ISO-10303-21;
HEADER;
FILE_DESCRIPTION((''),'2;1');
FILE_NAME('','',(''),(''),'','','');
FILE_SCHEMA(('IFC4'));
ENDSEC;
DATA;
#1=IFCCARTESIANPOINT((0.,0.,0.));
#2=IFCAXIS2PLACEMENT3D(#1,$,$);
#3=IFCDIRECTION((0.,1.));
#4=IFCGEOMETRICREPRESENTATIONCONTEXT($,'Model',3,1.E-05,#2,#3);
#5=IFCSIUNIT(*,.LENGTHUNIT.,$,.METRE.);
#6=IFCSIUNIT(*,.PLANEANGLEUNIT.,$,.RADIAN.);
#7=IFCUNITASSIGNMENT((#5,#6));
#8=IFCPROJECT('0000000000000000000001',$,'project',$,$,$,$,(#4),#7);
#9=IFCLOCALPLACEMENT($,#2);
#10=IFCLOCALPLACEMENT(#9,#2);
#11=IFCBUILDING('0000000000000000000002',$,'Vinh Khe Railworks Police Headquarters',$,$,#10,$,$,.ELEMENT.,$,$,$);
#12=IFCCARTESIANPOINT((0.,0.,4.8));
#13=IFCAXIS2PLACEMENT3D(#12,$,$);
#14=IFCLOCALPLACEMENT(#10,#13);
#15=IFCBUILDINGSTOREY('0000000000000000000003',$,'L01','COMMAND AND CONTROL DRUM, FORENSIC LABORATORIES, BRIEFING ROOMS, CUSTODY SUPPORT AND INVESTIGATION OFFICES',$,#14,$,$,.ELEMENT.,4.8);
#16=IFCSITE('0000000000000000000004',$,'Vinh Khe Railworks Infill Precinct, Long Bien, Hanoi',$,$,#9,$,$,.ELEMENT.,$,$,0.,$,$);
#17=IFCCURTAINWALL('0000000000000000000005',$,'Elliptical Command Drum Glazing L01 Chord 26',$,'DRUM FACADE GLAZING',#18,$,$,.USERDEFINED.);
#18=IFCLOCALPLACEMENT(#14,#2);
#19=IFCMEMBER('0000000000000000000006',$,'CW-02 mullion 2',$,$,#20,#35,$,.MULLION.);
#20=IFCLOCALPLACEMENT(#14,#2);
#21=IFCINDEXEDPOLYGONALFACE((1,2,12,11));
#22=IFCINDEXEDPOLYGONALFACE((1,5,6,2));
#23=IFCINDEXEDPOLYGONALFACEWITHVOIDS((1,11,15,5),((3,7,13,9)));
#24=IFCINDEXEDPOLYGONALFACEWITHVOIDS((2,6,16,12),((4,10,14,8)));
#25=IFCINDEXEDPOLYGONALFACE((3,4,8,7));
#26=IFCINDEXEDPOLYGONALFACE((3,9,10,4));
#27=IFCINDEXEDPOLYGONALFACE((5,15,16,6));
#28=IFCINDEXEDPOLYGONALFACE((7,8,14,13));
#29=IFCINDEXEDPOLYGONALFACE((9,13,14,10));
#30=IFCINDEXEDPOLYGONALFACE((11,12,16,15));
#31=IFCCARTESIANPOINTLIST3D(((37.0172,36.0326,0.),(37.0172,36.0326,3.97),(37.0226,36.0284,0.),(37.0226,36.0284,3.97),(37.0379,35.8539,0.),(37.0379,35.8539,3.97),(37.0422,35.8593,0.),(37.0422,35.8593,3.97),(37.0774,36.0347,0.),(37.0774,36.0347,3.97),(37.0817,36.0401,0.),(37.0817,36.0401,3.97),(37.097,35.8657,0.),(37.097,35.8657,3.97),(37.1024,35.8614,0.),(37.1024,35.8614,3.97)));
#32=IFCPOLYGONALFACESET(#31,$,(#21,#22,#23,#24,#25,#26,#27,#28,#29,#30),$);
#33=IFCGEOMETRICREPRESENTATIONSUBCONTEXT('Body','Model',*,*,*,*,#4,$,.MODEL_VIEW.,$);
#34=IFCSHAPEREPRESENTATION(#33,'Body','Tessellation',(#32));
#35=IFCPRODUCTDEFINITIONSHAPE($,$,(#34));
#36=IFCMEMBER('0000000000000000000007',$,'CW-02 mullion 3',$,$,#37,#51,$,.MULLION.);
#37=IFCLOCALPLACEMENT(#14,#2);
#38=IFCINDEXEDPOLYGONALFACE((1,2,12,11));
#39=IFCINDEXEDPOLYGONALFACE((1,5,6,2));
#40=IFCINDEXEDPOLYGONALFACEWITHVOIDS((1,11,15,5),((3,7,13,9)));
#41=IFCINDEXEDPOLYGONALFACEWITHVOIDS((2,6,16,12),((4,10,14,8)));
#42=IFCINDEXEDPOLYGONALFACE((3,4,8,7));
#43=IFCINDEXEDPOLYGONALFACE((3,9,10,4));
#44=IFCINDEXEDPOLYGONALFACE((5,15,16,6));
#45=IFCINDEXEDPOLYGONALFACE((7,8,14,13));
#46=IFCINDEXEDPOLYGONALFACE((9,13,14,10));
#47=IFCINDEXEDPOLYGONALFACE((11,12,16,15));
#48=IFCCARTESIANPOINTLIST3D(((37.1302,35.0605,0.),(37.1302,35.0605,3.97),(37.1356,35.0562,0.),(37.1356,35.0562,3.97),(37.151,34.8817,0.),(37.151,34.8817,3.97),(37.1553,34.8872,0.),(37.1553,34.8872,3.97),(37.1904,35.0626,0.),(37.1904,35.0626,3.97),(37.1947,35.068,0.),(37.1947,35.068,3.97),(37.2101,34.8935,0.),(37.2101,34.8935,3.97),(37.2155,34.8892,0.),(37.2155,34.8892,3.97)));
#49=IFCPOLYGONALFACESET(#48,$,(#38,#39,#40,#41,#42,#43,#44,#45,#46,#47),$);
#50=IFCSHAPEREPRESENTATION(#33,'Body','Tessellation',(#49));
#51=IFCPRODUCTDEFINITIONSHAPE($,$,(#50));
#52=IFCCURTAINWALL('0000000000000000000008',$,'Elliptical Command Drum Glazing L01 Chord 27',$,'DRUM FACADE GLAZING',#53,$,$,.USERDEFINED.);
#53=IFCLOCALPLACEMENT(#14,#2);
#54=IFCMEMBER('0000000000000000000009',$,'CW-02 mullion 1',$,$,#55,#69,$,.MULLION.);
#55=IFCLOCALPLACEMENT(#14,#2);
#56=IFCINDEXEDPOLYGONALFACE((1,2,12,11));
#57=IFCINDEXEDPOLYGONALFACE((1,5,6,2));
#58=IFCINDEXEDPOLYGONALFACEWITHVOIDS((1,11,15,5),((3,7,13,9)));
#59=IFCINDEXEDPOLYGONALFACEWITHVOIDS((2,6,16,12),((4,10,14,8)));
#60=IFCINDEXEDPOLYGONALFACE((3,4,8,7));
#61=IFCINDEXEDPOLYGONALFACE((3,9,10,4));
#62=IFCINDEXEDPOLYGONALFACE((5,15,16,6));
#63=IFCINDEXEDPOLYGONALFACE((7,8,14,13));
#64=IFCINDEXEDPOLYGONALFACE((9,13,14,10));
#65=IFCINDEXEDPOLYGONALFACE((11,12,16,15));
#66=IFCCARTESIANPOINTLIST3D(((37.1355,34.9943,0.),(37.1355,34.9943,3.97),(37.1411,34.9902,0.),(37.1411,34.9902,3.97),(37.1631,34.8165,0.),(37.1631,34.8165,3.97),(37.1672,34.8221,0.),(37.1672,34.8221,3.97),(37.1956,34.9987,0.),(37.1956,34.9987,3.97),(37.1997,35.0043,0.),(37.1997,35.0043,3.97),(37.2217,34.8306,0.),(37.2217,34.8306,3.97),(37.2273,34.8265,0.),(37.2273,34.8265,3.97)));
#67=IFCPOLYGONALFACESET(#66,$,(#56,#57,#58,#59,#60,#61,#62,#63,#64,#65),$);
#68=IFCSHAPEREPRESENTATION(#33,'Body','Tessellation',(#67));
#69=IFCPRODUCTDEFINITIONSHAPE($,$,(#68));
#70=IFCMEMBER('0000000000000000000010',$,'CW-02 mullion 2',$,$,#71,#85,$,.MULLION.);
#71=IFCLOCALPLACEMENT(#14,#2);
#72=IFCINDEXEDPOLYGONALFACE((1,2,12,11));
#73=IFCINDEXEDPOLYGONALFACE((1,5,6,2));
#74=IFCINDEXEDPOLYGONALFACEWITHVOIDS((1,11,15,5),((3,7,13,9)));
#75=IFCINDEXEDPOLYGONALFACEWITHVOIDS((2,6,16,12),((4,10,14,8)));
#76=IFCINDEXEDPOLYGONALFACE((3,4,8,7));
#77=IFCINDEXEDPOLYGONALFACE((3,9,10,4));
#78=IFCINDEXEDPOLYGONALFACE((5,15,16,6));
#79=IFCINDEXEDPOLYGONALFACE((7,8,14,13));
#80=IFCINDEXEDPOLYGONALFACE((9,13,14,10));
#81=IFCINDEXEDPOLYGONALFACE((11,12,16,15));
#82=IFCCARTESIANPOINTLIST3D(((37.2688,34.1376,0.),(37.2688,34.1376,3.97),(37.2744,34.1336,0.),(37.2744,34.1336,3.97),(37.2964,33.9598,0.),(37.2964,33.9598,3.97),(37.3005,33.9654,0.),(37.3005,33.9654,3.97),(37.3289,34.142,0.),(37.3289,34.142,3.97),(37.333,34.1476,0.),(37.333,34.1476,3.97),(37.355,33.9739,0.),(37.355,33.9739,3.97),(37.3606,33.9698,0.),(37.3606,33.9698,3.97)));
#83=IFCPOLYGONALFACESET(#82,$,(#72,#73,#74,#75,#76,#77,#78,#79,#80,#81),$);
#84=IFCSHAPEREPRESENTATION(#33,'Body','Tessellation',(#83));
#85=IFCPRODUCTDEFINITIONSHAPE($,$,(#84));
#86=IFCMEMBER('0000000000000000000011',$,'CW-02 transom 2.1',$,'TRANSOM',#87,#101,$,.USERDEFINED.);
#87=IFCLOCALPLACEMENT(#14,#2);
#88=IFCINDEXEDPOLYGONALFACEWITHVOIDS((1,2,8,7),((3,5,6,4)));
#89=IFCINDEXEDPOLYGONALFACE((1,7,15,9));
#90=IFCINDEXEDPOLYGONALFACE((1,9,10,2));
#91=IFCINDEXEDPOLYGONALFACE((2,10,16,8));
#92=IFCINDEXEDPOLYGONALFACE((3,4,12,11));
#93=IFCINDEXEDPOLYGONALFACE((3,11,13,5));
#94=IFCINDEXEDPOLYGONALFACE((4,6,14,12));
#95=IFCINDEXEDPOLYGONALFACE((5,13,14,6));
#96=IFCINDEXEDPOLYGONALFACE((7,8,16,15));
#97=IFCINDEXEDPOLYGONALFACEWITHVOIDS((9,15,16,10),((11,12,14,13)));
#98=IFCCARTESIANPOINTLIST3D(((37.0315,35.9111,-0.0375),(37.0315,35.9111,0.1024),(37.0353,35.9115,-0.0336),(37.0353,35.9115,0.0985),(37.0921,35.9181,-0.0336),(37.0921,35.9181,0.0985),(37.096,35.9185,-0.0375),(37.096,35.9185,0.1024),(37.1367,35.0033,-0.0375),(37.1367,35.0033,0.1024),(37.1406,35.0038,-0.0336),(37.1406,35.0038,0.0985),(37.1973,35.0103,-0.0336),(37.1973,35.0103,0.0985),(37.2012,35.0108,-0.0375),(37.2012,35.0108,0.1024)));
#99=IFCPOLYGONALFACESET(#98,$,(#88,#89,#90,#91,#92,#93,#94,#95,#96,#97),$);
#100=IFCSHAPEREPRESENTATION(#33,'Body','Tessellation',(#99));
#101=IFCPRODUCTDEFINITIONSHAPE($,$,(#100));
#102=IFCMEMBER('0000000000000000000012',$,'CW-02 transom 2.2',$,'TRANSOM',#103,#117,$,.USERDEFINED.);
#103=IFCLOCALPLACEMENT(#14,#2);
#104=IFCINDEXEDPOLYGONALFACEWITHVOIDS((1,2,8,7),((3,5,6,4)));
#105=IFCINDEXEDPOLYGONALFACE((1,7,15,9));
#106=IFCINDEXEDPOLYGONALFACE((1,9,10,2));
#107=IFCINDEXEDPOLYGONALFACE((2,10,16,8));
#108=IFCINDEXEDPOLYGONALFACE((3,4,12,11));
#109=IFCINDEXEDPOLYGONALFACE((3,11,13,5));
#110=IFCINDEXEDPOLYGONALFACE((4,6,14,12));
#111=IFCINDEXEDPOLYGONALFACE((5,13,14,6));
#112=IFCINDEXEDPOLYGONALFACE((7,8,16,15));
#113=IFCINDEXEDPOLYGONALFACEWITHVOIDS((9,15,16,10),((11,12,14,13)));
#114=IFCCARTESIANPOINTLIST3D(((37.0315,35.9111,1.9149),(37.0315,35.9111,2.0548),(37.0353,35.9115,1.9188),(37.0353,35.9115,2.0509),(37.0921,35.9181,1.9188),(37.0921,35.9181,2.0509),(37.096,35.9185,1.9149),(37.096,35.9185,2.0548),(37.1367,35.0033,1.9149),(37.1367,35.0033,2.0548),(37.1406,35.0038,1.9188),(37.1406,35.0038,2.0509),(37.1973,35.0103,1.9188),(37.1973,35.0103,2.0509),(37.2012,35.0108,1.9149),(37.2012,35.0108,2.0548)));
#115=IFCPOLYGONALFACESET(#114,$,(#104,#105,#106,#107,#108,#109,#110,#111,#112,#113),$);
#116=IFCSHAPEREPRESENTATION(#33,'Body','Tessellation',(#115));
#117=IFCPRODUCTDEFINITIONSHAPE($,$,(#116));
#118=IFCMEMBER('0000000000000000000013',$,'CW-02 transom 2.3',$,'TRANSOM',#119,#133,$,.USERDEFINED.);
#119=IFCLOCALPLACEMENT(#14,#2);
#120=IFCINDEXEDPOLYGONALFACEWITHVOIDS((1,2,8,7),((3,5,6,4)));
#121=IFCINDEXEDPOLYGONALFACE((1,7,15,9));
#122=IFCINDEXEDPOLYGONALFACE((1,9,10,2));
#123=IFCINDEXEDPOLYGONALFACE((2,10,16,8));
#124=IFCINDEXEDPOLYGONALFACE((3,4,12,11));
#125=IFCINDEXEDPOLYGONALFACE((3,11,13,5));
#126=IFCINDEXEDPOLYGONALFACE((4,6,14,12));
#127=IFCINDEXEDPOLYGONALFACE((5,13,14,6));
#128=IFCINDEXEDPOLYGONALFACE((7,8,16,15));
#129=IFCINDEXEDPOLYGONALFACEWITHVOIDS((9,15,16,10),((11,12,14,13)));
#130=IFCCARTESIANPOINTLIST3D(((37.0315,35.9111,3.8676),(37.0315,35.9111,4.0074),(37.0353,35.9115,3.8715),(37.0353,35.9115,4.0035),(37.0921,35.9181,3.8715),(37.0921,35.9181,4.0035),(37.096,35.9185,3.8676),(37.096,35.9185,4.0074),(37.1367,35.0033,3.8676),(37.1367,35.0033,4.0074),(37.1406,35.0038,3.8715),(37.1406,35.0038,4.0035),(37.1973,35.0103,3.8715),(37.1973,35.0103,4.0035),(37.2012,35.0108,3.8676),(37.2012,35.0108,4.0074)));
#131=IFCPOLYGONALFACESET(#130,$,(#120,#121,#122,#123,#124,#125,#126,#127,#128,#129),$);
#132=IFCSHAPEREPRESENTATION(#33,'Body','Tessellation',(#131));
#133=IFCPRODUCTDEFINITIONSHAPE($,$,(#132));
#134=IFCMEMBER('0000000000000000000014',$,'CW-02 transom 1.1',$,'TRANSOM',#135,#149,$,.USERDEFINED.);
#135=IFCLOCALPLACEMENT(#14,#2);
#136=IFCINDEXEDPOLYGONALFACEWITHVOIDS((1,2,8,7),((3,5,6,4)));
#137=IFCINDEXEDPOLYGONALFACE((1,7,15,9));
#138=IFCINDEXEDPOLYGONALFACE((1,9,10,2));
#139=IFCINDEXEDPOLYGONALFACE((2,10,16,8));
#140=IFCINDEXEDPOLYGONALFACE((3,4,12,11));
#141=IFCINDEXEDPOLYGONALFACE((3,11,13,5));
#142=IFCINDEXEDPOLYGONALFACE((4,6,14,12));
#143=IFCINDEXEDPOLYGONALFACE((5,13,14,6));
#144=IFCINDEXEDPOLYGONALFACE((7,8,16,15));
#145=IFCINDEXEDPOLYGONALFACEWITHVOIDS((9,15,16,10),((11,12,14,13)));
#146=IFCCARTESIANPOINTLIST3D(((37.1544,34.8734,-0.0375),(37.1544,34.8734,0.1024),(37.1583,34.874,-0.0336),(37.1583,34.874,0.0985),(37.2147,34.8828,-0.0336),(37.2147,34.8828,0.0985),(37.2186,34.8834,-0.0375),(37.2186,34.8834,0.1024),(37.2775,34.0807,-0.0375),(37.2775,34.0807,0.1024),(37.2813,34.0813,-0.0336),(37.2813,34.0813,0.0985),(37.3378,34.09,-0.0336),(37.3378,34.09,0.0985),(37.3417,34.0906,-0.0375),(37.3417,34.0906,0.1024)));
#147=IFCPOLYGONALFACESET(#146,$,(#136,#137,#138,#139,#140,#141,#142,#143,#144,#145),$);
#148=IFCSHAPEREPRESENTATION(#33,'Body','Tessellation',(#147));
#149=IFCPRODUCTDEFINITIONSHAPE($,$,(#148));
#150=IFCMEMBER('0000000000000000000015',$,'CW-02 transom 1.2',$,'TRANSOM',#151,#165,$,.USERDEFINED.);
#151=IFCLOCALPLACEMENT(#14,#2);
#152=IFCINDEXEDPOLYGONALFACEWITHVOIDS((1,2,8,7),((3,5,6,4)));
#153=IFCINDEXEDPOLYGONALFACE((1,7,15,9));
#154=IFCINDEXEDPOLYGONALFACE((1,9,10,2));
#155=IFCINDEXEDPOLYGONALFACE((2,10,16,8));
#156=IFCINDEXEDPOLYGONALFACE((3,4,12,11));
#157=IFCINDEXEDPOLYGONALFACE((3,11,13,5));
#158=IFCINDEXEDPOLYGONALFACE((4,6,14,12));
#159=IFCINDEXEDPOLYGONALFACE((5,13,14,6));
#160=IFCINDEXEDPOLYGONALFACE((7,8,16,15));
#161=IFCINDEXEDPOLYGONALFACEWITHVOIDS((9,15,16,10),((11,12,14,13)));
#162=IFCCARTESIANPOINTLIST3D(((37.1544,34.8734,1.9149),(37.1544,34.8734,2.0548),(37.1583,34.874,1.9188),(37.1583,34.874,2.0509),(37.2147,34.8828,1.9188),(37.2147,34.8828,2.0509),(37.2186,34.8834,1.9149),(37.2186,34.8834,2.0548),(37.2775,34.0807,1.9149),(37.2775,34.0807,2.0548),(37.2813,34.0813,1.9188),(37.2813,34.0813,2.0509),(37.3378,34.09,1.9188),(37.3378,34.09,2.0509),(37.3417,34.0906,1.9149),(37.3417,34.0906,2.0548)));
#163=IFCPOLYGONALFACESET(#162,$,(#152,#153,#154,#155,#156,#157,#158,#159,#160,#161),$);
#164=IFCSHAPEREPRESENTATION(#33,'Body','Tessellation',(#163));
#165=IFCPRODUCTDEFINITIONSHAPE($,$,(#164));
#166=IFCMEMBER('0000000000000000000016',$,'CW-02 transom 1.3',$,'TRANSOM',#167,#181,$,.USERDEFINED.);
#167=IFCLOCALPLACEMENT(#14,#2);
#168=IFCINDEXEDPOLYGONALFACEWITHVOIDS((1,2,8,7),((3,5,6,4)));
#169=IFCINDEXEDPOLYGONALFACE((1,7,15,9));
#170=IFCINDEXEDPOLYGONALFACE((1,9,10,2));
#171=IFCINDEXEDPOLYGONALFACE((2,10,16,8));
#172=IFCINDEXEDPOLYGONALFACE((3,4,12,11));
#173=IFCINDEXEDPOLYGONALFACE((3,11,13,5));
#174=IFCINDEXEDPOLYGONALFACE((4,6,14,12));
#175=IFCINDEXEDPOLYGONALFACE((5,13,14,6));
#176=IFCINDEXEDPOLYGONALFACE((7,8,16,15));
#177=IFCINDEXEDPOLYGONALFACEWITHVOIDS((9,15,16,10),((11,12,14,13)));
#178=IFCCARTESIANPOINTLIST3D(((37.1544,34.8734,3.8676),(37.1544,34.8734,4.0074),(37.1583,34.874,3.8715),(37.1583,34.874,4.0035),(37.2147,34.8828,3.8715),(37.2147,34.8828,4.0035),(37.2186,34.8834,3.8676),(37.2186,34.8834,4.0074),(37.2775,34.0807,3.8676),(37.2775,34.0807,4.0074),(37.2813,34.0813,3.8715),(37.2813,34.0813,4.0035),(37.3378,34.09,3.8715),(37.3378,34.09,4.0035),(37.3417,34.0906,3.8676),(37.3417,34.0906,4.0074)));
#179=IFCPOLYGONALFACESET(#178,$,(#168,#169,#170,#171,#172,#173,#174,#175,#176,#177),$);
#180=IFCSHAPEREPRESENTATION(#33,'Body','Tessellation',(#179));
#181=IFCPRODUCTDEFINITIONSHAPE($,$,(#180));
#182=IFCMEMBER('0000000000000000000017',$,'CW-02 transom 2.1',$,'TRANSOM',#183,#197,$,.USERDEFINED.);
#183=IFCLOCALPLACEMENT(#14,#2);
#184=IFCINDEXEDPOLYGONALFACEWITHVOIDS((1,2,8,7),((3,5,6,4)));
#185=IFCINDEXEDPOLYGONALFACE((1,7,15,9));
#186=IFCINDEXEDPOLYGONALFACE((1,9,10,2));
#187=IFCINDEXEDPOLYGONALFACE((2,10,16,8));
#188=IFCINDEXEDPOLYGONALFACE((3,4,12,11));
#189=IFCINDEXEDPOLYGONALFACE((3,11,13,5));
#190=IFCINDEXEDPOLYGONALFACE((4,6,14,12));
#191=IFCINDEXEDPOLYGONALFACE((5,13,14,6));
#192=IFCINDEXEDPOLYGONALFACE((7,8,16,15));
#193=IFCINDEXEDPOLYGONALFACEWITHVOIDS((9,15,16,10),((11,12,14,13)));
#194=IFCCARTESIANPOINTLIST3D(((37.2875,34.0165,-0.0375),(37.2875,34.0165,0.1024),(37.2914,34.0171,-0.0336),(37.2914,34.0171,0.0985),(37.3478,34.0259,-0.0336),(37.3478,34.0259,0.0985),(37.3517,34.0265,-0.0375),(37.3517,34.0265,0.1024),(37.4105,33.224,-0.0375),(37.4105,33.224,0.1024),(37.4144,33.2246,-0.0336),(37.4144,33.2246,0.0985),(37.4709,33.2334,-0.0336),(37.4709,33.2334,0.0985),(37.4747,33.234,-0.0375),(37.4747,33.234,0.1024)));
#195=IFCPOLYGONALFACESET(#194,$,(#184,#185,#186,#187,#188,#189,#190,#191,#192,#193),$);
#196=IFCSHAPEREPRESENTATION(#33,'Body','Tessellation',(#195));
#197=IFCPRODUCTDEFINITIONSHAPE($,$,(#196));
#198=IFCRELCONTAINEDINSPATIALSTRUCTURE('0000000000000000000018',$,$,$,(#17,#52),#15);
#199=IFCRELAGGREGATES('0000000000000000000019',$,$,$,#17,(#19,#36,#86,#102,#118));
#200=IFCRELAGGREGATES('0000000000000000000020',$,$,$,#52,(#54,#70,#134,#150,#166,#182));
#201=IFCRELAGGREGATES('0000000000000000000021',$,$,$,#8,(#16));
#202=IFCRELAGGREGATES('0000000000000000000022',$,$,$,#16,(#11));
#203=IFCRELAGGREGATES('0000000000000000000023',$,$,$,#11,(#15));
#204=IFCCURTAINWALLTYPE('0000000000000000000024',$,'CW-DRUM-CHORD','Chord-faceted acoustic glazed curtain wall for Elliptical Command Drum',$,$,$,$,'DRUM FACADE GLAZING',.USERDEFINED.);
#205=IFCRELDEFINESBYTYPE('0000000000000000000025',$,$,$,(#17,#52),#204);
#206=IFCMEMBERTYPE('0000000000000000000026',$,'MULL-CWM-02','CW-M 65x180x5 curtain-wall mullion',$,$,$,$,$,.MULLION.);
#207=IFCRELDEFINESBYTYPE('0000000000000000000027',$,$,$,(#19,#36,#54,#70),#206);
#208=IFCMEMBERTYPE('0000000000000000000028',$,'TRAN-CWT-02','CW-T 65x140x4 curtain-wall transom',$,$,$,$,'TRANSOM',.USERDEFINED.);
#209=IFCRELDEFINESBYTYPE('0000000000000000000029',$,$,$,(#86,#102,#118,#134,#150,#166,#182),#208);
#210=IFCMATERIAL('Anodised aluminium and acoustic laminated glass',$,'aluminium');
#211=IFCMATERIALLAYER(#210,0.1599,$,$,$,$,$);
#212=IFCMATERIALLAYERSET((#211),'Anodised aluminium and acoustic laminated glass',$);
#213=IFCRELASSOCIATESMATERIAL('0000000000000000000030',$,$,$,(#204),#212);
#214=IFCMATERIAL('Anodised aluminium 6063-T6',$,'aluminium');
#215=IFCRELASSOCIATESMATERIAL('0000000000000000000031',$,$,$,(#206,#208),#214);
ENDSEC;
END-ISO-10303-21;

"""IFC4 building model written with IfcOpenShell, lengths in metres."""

from ifc_helpers import new_model, si_unit, direction, frame, origin, origin_2d, place, context, subcontext, project, spatial, hollow_rectangle, extrude, material, layer, layer_set, material_profile, profile_set, type_object, element, aggregate, save


model = new_model("IFC4")

# Units and contexts
model_context = context("Model", 3, precision=1e-05, world=origin(), true_north=direction((0.0, 1.0)))
body_context = subcontext(model_context, "Body", "Model", "MODEL_VIEW")
ifc_project = project(units=[si_unit("LENGTHUNIT", "METRE"), si_unit("PLANEANGLEUNIT", "RADIAN")], contexts=[model_context])

# Site, building, storey
site_placement = place(None, origin())
site = spatial("IfcSite", under=ifc_project, at=site_placement, Name="Vinh Khe Railworks Infill Precinct, Long Bien, Hanoi", CompositionType="ELEMENT", RefElevation=0.0)
building_placement = place(site_placement, origin())
building = spatial("IfcBuilding", under=site, at=building_placement, Name="Vinh Khe Railworks Police Headquarters", CompositionType="ELEMENT")
storey_placement = place(building_placement, frame((0.0, 0.0, 4.8)))
storey = spatial("IfcBuildingStorey", under=building, at=storey_placement, Name="L01", Description="COMMAND AND CONTROL DRUM, FORENSIC LABORATORIES, BRIEFING ROOMS, CUSTODY SUPPORT AND INVESTIGATION OFFICES", CompositionType="ELEMENT", Elevation=4.8)

# Curtain walls, members
ifc_material_1 = material(Name="Anodised aluminium and acoustic laminated glass", Category="aluminium")
ifc_layer_1 = layer(ifc_material_1, 0.1599)
ifc_layer_set_1 = layer_set([ifc_layer_1], Name="Anodised aluminium and acoustic laminated glass")
curtain_wall_type = type_object("IfcCurtainWallType", Name="CW-DRUM-CHORD", Description="Chord-faceted acoustic glazed curtain wall for Elliptical Command Drum", ElementType="DRUM FACADE GLAZING", PredefinedType="USERDEFINED", material=ifc_layer_set_1)
curtain_wall_1_placement = place(storey_placement, origin())
curtain_wall_1 = element("IfcCurtainWall", 1, at=curtain_wall_1_placement, inside=storey, type_object=curtain_wall_type, Name="Elliptical Command Drum Glazing L01 Chord 26", ObjectType="DRUM FACADE GLAZING", PredefinedType="USERDEFINED")
ifc_material_2 = material(Name="Anodised aluminium 6063-T6", Category="aluminium")
ifc_material_profile_1 = material_profile(ifc_material_2, hollow_rectangle(XDim=0.0649, YDim=0.1799, WallThickness=0.0049, at=origin_2d()), Name="CW-M 65x180x5")
ifc_profile_set_1 = profile_set([ifc_material_profile_1], Name="Anodised aluminium 6063-T6")
member_type_1 = type_object("IfcMemberType", Name="MULL-CWM-02", Description="CW-M 65x180x5 curtain-wall mullion", PredefinedType="MULLION", material=ifc_profile_set_1)
member_1_placement = place(storey_placement, frame((37.0598, 35.947, 0.0), z_axis=(0.0, 0.0, 1.0), x_axis=(0.993329, 0.115318, 0.0)))
member_1 = element("IfcMember", 2, at=member_1_placement, type_object=member_type_1, Name="CW-02 mullion 2", PredefinedType="MULLION", context=body_context, shape_type="SweptSolid", body=[
    extrude(hollow_rectangle(XDim=0.0649, YDim=0.1799, WallThickness=0.0049, at=origin_2d()), origin(), (0.0, 0.0, 1.0), 3.97),
])
member_2_placement = place(storey_placement, frame((37.1729, 34.9749, 0.0), z_axis=(0.0, 0.0, 1.0), x_axis=(0.993329, 0.115318, 0.0)))
member_2 = element("IfcMember", 3, at=member_2_placement, type_object=member_type_1, Name="CW-02 mullion 3", PredefinedType="MULLION", context=body_context, shape_type="SweptSolid", body=[
    extrude(hollow_rectangle(XDim=0.0649, YDim=0.1799, WallThickness=0.0049, at=origin_2d()), origin(), (0.0, 0.0, 1.0), 3.97),
])
curtain_wall_2_placement = place(storey_placement, origin())
curtain_wall_2 = element("IfcCurtainWall", 4, at=curtain_wall_2_placement, inside=storey, type_object=curtain_wall_type, Name="Elliptical Command Drum Glazing L01 Chord 27", ObjectType="DRUM FACADE GLAZING", PredefinedType="USERDEFINED")
member_3_placement = place(storey_placement, frame((37.1814, 34.9104, 0.0), z_axis=(0.0, 0.0, 1.0), x_axis=(0.98815, 0.15349, 0.0)))
member_3 = element("IfcMember", 5, at=member_3_placement, type_object=member_type_1, Name="CW-02 mullion 1", PredefinedType="MULLION", context=body_context, shape_type="SweptSolid", body=[
    extrude(hollow_rectangle(XDim=0.0649, YDim=0.1799, WallThickness=0.0049, at=origin_2d()), origin(), (0.0, 0.0, 1.0), 3.97),
])
member_4_placement = place(storey_placement, frame((37.3147, 34.0537, 0.0), z_axis=(0.0, 0.0, 1.0), x_axis=(0.98815, 0.15349, 0.0)))
member_4 = element("IfcMember", 6, at=member_4_placement, type_object=member_type_1, Name="CW-02 mullion 2", PredefinedType="MULLION", context=body_context, shape_type="SweptSolid", body=[
    extrude(hollow_rectangle(XDim=0.0649, YDim=0.1799, WallThickness=0.0049, at=origin_2d()), origin(), (0.0, 0.0, 1.0), 3.97),
])

# Members
ifc_material_profile_2 = material_profile(ifc_material_2, hollow_rectangle(XDim=0.0649, YDim=0.1399, WallThickness=0.0039, at=origin_2d()), Name="CW-T 65x140x4")
ifc_profile_set_2 = profile_set([ifc_material_profile_2], Name="Anodised aluminium 6063-T6")
member_type_2 = type_object("IfcMemberType", Name="TRAN-CWT-02", Description="CW-T 65x140x4 curtain-wall transom", ElementType="TRANSOM", PredefinedType="USERDEFINED", material=ifc_profile_set_2)
member_5_placement = place(storey_placement, frame((37.0637, 35.9148, 0.0325), z_axis=(0.115151, -0.993348, 0.0), x_axis=(0.993348, 0.115151, 0.0)))
member_5 = element("IfcMember", 7, at=member_5_placement, type_object=member_type_2, Name="CW-02 transom 2.1", ObjectType="TRANSOM", PredefinedType="USERDEFINED", context=body_context, shape_type="SweptSolid", body=[
    extrude(hollow_rectangle(XDim=0.0649, YDim=0.1399, WallThickness=0.0039, at=origin_2d()), origin(), (0.0, 0.0, 1.0), 0.9138),
])
member_6_placement = place(storey_placement, frame((37.0637, 35.9148, 1.9849), z_axis=(0.115151, -0.993348, 0.0), x_axis=(0.993348, 0.115151, 0.0)))
member_6 = element("IfcMember", 8, at=member_6_placement, type_object=member_type_2, Name="CW-02 transom 2.2", ObjectType="TRANSOM", PredefinedType="USERDEFINED", context=body_context, shape_type="SweptSolid", body=[
    extrude(hollow_rectangle(XDim=0.0649, YDim=0.1399, WallThickness=0.0039, at=origin_2d()), origin(), (0.0, 0.0, 1.0), 0.9138),
])
member_7_placement = place(storey_placement, frame((37.0637, 35.9148, 3.9375), z_axis=(0.115151, -0.993348, 0.0), x_axis=(0.993348, 0.115151, 0.0)))
member_7 = element("IfcMember", 9, at=member_7_placement, type_object=member_type_2, Name="CW-02 transom 2.3", ObjectType="TRANSOM", PredefinedType="USERDEFINED", context=body_context, shape_type="SweptSolid", body=[
    extrude(hollow_rectangle(XDim=0.0649, YDim=0.1399, WallThickness=0.0039, at=origin_2d()), origin(), (0.0, 0.0, 1.0), 0.9138),
])
member_8_placement = place(storey_placement, frame((37.1865, 34.8784, 0.0325), z_axis=(0.153383, -0.988167, 0.0), x_axis=(0.988167, 0.153383, 0.0)))
member_8 = element("IfcMember", 10, at=member_8_placement, type_object=member_type_2, Name="CW-02 transom 1.1", ObjectType="TRANSOM", PredefinedType="USERDEFINED", context=body_context, shape_type="SweptSolid", body=[
    extrude(hollow_rectangle(XDim=0.0649, YDim=0.1399, WallThickness=0.0039, at=origin_2d()), origin(), (0.0, 0.0, 1.0), 0.8022),
])
member_9_placement = place(storey_placement, frame((37.1865, 34.8784, 1.9849), z_axis=(0.153383, -0.988167, 0.0), x_axis=(0.988167, 0.153383, 0.0)))
member_9 = element("IfcMember", 11, at=member_9_placement, type_object=member_type_2, Name="CW-02 transom 1.2", ObjectType="TRANSOM", PredefinedType="USERDEFINED", context=body_context, shape_type="SweptSolid", body=[
    extrude(hollow_rectangle(XDim=0.0649, YDim=0.1399, WallThickness=0.0039, at=origin_2d()), origin(), (0.0, 0.0, 1.0), 0.8022),
])
member_10_placement = place(storey_placement, frame((37.1865, 34.8784, 3.9375), z_axis=(0.153383, -0.988167, 0.0), x_axis=(0.988167, 0.153383, 0.0)))
member_10 = element("IfcMember", 12, at=member_10_placement, type_object=member_type_2, Name="CW-02 transom 1.3", ObjectType="TRANSOM", PredefinedType="USERDEFINED", context=body_context, shape_type="SweptSolid", body=[
    extrude(hollow_rectangle(XDim=0.0649, YDim=0.1399, WallThickness=0.0039, at=origin_2d()), origin(), (0.0, 0.0, 1.0), 0.8022),
])
member_11_placement = place(storey_placement, frame((37.3196, 34.0215, 0.0325), z_axis=(0.15343, -0.98816, 0.0), x_axis=(0.98816, 0.15343, 0.0)))
member_11 = element("IfcMember", 13, at=member_11_placement, type_object=member_type_2, Name="CW-02 transom 2.1", ObjectType="TRANSOM", PredefinedType="USERDEFINED", context=body_context, shape_type="SweptSolid", body=[
    extrude(hollow_rectangle(XDim=0.0649, YDim=0.1399, WallThickness=0.0039, at=origin_2d()), origin(), (0.0, 0.0, 1.0), 0.802),
])

aggregate(curtain_wall_1, [member_1, member_2, member_5, member_6, member_7])
aggregate(curtain_wall_2, [member_3, member_4, member_8, member_9, member_10, member_11])

save(model, "model.ifc")
